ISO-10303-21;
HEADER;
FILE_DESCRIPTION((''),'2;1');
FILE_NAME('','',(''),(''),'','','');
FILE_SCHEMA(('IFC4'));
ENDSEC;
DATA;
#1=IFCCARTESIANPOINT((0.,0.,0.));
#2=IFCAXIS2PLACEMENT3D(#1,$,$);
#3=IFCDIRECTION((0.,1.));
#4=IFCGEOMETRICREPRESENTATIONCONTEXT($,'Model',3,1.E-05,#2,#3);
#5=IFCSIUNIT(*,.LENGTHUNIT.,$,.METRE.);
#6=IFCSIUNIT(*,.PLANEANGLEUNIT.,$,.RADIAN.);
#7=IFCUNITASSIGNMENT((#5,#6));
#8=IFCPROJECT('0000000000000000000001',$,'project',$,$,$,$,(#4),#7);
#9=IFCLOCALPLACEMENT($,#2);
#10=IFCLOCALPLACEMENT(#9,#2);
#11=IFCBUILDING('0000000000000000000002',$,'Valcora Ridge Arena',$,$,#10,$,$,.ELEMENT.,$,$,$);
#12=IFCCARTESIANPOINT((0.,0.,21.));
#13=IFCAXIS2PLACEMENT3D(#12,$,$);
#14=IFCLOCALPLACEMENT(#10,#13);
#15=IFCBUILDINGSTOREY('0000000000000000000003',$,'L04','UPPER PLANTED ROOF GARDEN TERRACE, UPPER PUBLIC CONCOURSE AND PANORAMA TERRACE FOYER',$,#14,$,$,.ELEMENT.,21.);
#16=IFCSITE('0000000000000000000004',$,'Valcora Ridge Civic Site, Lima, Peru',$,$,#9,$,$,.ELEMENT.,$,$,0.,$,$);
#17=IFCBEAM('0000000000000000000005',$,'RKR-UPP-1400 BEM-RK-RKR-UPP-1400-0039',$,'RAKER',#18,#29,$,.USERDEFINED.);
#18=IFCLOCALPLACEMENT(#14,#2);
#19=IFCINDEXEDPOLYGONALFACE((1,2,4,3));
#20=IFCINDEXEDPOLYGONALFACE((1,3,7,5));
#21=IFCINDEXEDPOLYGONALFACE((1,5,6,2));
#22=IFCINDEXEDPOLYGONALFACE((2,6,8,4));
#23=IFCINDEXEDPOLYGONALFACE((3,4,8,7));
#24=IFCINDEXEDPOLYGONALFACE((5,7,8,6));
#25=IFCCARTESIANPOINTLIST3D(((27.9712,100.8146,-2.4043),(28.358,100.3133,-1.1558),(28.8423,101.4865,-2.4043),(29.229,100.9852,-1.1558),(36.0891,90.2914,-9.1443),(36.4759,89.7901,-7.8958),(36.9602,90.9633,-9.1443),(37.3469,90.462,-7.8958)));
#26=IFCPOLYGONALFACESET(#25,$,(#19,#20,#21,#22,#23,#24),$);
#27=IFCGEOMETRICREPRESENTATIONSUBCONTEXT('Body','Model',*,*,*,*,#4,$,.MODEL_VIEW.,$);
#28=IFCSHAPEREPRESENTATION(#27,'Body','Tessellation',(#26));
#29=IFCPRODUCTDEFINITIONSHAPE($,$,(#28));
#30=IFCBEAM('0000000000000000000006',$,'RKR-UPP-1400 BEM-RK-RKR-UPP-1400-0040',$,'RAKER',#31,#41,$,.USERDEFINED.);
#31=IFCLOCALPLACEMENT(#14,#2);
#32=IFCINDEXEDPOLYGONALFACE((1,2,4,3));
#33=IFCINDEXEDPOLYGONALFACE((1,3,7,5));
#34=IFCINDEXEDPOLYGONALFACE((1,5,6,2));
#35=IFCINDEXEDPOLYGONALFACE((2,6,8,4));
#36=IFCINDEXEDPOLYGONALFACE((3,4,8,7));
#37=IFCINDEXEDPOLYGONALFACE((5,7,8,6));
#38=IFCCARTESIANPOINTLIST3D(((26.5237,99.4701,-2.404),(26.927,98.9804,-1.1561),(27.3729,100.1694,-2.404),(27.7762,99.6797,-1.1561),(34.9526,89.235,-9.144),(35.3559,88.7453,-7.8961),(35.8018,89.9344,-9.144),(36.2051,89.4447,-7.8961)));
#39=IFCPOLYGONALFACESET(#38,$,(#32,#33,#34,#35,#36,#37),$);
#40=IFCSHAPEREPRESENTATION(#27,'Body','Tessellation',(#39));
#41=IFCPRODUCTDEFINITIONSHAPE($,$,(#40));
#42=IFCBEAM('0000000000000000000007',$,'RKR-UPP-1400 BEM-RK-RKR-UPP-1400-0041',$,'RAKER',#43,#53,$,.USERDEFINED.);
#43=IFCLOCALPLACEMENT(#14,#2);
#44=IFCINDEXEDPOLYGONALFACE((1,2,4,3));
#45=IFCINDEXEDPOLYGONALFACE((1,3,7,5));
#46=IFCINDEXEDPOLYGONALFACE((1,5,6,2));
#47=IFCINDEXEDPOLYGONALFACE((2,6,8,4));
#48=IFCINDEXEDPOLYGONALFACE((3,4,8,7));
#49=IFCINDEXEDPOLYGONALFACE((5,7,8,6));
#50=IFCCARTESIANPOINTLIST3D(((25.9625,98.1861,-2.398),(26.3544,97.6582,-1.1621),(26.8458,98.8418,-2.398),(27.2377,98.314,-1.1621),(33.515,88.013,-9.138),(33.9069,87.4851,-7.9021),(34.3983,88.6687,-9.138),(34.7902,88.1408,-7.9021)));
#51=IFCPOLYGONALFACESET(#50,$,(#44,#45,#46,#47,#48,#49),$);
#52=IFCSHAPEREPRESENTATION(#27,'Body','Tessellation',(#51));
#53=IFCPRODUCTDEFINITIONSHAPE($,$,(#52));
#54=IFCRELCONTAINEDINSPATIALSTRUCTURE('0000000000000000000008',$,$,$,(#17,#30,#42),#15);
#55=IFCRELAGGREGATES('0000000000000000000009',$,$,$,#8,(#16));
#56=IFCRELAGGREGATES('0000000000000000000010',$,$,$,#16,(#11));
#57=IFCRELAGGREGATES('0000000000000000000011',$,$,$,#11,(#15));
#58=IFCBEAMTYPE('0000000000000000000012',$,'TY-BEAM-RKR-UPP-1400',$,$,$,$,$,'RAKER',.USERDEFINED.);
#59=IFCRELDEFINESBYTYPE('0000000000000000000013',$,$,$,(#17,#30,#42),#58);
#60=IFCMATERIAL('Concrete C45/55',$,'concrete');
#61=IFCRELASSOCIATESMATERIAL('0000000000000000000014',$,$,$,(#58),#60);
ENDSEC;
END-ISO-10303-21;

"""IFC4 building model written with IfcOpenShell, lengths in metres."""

from ifc_helpers import new_model, si_unit, direction, frame, origin, origin_2d, place, context, subcontext, project, spatial, rectangle, extrude, material, material_profile, profile_set, type_object, element, save


model = new_model("IFC4")

# Units and contexts
model_context = context("Model", 3, precision=1e-05, world=origin(), true_north=direction((0.0, 1.0)))
body_context = subcontext(model_context, "Body", "Model", "MODEL_VIEW")
ifc_project = project(units=[si_unit("LENGTHUNIT", "METRE"), si_unit("PLANEANGLEUNIT", "RADIAN")], contexts=[model_context])

# Site, building, storey
site_placement = place(None, origin())
site = spatial("IfcSite", under=ifc_project, at=site_placement, Name="Valcora Ridge Civic Site, Lima, Peru", CompositionType="ELEMENT", RefElevation=0.0)
building_placement = place(site_placement, origin())
building = spatial("IfcBuilding", under=site, at=building_placement, Name="Valcora Ridge Arena", CompositionType="ELEMENT")
storey_placement = place(building_placement, frame((0.0, 0.0, 21.0)))
storey = spatial("IfcBuildingStorey", under=building, at=storey_placement, Name="L04", Description="UPPER PLANTED ROOF GARDEN TERRACE, UPPER PUBLIC CONCOURSE AND PANORAMA TERRACE FOYER", CompositionType="ELEMENT", Elevation=21.0)

# Beams
ifc_material_1 = material(Name="Concrete C45/55", Category="concrete")
ifc_material_profile_1 = material_profile(ifc_material_1, rectangle(XDim=1.1001, YDim=1.3999, at=origin_2d()), Name="RC 1100x1400")
ifc_profile_set_1 = profile_set([ifc_material_profile_1], Name="Concrete C45/55")
beam_type_1 = type_object("IfcBeamType", Name="TY-BEAM-RKR-UPP-1400", ElementType="RAKER", PredefinedType="USERDEFINED", material=ifc_profile_set_1)
beam_1_placement = place(storey_placement, frame((36.718, 90.3767, -8.52), z_axis=(-0.544759, 0.706166, 0.452292), x_axis=(-0.791781, -0.610805, 0.0)))
element("IfcBeam", 1, at=beam_1_placement, inside=storey, type_object=beam_type_1, Name="RKR-UPP-1400 BEM-RK-RKR-UPP-1400-0039", ObjectType="RAKER", PredefinedType="USERDEFINED", context=body_context, shape_type="SweptSolid", body=[
    extrude(rectangle(XDim=1.1001, YDim=1.3999, at=origin_2d()), origin(), (0.0, 0.0, 1.0), 14.9019),
])
beam_2_placement = place(storey_placement, frame((35.5789, 89.3398, -8.52), z_axis=(-0.566695, 0.688126, 0.453143), x_axis=(-0.771929, -0.635709, 0.0)))
element("IfcBeam", 2, at=beam_2_placement, inside=storey, type_object=beam_type_1, Name="RKR-UPP-1400 BEM-RK-RKR-UPP-1400-0040", ObjectType="RAKER", PredefinedType="USERDEFINED", context=body_context, shape_type="SweptSolid", body=[
    extrude(rectangle(XDim=1.1001, YDim=1.3999, at=origin_2d()), origin(), (0.0, 0.0, 1.0), 14.8738),
])
beam_3_placement = place(storey_placement, frame((34.1526, 88.0769, -8.52), z_axis=(-0.526259, 0.708863, 0.469644), x_axis=(-0.80292, -0.596087, 0.0)))
element("IfcBeam", 3, at=beam_3_placement, inside=storey, type_object=beam_type_1, Name="RKR-UPP-1400 BEM-RK-RKR-UPP-1400-0041", ObjectType="RAKER", PredefinedType="USERDEFINED", context=body_context, shape_type="SweptSolid", body=[
    extrude(rectangle(XDim=1.1001, YDim=1.3999, at=origin_2d()), origin(), (0.0, 0.0, 1.0), 14.3513),
])

save(model, "model.ifc")
